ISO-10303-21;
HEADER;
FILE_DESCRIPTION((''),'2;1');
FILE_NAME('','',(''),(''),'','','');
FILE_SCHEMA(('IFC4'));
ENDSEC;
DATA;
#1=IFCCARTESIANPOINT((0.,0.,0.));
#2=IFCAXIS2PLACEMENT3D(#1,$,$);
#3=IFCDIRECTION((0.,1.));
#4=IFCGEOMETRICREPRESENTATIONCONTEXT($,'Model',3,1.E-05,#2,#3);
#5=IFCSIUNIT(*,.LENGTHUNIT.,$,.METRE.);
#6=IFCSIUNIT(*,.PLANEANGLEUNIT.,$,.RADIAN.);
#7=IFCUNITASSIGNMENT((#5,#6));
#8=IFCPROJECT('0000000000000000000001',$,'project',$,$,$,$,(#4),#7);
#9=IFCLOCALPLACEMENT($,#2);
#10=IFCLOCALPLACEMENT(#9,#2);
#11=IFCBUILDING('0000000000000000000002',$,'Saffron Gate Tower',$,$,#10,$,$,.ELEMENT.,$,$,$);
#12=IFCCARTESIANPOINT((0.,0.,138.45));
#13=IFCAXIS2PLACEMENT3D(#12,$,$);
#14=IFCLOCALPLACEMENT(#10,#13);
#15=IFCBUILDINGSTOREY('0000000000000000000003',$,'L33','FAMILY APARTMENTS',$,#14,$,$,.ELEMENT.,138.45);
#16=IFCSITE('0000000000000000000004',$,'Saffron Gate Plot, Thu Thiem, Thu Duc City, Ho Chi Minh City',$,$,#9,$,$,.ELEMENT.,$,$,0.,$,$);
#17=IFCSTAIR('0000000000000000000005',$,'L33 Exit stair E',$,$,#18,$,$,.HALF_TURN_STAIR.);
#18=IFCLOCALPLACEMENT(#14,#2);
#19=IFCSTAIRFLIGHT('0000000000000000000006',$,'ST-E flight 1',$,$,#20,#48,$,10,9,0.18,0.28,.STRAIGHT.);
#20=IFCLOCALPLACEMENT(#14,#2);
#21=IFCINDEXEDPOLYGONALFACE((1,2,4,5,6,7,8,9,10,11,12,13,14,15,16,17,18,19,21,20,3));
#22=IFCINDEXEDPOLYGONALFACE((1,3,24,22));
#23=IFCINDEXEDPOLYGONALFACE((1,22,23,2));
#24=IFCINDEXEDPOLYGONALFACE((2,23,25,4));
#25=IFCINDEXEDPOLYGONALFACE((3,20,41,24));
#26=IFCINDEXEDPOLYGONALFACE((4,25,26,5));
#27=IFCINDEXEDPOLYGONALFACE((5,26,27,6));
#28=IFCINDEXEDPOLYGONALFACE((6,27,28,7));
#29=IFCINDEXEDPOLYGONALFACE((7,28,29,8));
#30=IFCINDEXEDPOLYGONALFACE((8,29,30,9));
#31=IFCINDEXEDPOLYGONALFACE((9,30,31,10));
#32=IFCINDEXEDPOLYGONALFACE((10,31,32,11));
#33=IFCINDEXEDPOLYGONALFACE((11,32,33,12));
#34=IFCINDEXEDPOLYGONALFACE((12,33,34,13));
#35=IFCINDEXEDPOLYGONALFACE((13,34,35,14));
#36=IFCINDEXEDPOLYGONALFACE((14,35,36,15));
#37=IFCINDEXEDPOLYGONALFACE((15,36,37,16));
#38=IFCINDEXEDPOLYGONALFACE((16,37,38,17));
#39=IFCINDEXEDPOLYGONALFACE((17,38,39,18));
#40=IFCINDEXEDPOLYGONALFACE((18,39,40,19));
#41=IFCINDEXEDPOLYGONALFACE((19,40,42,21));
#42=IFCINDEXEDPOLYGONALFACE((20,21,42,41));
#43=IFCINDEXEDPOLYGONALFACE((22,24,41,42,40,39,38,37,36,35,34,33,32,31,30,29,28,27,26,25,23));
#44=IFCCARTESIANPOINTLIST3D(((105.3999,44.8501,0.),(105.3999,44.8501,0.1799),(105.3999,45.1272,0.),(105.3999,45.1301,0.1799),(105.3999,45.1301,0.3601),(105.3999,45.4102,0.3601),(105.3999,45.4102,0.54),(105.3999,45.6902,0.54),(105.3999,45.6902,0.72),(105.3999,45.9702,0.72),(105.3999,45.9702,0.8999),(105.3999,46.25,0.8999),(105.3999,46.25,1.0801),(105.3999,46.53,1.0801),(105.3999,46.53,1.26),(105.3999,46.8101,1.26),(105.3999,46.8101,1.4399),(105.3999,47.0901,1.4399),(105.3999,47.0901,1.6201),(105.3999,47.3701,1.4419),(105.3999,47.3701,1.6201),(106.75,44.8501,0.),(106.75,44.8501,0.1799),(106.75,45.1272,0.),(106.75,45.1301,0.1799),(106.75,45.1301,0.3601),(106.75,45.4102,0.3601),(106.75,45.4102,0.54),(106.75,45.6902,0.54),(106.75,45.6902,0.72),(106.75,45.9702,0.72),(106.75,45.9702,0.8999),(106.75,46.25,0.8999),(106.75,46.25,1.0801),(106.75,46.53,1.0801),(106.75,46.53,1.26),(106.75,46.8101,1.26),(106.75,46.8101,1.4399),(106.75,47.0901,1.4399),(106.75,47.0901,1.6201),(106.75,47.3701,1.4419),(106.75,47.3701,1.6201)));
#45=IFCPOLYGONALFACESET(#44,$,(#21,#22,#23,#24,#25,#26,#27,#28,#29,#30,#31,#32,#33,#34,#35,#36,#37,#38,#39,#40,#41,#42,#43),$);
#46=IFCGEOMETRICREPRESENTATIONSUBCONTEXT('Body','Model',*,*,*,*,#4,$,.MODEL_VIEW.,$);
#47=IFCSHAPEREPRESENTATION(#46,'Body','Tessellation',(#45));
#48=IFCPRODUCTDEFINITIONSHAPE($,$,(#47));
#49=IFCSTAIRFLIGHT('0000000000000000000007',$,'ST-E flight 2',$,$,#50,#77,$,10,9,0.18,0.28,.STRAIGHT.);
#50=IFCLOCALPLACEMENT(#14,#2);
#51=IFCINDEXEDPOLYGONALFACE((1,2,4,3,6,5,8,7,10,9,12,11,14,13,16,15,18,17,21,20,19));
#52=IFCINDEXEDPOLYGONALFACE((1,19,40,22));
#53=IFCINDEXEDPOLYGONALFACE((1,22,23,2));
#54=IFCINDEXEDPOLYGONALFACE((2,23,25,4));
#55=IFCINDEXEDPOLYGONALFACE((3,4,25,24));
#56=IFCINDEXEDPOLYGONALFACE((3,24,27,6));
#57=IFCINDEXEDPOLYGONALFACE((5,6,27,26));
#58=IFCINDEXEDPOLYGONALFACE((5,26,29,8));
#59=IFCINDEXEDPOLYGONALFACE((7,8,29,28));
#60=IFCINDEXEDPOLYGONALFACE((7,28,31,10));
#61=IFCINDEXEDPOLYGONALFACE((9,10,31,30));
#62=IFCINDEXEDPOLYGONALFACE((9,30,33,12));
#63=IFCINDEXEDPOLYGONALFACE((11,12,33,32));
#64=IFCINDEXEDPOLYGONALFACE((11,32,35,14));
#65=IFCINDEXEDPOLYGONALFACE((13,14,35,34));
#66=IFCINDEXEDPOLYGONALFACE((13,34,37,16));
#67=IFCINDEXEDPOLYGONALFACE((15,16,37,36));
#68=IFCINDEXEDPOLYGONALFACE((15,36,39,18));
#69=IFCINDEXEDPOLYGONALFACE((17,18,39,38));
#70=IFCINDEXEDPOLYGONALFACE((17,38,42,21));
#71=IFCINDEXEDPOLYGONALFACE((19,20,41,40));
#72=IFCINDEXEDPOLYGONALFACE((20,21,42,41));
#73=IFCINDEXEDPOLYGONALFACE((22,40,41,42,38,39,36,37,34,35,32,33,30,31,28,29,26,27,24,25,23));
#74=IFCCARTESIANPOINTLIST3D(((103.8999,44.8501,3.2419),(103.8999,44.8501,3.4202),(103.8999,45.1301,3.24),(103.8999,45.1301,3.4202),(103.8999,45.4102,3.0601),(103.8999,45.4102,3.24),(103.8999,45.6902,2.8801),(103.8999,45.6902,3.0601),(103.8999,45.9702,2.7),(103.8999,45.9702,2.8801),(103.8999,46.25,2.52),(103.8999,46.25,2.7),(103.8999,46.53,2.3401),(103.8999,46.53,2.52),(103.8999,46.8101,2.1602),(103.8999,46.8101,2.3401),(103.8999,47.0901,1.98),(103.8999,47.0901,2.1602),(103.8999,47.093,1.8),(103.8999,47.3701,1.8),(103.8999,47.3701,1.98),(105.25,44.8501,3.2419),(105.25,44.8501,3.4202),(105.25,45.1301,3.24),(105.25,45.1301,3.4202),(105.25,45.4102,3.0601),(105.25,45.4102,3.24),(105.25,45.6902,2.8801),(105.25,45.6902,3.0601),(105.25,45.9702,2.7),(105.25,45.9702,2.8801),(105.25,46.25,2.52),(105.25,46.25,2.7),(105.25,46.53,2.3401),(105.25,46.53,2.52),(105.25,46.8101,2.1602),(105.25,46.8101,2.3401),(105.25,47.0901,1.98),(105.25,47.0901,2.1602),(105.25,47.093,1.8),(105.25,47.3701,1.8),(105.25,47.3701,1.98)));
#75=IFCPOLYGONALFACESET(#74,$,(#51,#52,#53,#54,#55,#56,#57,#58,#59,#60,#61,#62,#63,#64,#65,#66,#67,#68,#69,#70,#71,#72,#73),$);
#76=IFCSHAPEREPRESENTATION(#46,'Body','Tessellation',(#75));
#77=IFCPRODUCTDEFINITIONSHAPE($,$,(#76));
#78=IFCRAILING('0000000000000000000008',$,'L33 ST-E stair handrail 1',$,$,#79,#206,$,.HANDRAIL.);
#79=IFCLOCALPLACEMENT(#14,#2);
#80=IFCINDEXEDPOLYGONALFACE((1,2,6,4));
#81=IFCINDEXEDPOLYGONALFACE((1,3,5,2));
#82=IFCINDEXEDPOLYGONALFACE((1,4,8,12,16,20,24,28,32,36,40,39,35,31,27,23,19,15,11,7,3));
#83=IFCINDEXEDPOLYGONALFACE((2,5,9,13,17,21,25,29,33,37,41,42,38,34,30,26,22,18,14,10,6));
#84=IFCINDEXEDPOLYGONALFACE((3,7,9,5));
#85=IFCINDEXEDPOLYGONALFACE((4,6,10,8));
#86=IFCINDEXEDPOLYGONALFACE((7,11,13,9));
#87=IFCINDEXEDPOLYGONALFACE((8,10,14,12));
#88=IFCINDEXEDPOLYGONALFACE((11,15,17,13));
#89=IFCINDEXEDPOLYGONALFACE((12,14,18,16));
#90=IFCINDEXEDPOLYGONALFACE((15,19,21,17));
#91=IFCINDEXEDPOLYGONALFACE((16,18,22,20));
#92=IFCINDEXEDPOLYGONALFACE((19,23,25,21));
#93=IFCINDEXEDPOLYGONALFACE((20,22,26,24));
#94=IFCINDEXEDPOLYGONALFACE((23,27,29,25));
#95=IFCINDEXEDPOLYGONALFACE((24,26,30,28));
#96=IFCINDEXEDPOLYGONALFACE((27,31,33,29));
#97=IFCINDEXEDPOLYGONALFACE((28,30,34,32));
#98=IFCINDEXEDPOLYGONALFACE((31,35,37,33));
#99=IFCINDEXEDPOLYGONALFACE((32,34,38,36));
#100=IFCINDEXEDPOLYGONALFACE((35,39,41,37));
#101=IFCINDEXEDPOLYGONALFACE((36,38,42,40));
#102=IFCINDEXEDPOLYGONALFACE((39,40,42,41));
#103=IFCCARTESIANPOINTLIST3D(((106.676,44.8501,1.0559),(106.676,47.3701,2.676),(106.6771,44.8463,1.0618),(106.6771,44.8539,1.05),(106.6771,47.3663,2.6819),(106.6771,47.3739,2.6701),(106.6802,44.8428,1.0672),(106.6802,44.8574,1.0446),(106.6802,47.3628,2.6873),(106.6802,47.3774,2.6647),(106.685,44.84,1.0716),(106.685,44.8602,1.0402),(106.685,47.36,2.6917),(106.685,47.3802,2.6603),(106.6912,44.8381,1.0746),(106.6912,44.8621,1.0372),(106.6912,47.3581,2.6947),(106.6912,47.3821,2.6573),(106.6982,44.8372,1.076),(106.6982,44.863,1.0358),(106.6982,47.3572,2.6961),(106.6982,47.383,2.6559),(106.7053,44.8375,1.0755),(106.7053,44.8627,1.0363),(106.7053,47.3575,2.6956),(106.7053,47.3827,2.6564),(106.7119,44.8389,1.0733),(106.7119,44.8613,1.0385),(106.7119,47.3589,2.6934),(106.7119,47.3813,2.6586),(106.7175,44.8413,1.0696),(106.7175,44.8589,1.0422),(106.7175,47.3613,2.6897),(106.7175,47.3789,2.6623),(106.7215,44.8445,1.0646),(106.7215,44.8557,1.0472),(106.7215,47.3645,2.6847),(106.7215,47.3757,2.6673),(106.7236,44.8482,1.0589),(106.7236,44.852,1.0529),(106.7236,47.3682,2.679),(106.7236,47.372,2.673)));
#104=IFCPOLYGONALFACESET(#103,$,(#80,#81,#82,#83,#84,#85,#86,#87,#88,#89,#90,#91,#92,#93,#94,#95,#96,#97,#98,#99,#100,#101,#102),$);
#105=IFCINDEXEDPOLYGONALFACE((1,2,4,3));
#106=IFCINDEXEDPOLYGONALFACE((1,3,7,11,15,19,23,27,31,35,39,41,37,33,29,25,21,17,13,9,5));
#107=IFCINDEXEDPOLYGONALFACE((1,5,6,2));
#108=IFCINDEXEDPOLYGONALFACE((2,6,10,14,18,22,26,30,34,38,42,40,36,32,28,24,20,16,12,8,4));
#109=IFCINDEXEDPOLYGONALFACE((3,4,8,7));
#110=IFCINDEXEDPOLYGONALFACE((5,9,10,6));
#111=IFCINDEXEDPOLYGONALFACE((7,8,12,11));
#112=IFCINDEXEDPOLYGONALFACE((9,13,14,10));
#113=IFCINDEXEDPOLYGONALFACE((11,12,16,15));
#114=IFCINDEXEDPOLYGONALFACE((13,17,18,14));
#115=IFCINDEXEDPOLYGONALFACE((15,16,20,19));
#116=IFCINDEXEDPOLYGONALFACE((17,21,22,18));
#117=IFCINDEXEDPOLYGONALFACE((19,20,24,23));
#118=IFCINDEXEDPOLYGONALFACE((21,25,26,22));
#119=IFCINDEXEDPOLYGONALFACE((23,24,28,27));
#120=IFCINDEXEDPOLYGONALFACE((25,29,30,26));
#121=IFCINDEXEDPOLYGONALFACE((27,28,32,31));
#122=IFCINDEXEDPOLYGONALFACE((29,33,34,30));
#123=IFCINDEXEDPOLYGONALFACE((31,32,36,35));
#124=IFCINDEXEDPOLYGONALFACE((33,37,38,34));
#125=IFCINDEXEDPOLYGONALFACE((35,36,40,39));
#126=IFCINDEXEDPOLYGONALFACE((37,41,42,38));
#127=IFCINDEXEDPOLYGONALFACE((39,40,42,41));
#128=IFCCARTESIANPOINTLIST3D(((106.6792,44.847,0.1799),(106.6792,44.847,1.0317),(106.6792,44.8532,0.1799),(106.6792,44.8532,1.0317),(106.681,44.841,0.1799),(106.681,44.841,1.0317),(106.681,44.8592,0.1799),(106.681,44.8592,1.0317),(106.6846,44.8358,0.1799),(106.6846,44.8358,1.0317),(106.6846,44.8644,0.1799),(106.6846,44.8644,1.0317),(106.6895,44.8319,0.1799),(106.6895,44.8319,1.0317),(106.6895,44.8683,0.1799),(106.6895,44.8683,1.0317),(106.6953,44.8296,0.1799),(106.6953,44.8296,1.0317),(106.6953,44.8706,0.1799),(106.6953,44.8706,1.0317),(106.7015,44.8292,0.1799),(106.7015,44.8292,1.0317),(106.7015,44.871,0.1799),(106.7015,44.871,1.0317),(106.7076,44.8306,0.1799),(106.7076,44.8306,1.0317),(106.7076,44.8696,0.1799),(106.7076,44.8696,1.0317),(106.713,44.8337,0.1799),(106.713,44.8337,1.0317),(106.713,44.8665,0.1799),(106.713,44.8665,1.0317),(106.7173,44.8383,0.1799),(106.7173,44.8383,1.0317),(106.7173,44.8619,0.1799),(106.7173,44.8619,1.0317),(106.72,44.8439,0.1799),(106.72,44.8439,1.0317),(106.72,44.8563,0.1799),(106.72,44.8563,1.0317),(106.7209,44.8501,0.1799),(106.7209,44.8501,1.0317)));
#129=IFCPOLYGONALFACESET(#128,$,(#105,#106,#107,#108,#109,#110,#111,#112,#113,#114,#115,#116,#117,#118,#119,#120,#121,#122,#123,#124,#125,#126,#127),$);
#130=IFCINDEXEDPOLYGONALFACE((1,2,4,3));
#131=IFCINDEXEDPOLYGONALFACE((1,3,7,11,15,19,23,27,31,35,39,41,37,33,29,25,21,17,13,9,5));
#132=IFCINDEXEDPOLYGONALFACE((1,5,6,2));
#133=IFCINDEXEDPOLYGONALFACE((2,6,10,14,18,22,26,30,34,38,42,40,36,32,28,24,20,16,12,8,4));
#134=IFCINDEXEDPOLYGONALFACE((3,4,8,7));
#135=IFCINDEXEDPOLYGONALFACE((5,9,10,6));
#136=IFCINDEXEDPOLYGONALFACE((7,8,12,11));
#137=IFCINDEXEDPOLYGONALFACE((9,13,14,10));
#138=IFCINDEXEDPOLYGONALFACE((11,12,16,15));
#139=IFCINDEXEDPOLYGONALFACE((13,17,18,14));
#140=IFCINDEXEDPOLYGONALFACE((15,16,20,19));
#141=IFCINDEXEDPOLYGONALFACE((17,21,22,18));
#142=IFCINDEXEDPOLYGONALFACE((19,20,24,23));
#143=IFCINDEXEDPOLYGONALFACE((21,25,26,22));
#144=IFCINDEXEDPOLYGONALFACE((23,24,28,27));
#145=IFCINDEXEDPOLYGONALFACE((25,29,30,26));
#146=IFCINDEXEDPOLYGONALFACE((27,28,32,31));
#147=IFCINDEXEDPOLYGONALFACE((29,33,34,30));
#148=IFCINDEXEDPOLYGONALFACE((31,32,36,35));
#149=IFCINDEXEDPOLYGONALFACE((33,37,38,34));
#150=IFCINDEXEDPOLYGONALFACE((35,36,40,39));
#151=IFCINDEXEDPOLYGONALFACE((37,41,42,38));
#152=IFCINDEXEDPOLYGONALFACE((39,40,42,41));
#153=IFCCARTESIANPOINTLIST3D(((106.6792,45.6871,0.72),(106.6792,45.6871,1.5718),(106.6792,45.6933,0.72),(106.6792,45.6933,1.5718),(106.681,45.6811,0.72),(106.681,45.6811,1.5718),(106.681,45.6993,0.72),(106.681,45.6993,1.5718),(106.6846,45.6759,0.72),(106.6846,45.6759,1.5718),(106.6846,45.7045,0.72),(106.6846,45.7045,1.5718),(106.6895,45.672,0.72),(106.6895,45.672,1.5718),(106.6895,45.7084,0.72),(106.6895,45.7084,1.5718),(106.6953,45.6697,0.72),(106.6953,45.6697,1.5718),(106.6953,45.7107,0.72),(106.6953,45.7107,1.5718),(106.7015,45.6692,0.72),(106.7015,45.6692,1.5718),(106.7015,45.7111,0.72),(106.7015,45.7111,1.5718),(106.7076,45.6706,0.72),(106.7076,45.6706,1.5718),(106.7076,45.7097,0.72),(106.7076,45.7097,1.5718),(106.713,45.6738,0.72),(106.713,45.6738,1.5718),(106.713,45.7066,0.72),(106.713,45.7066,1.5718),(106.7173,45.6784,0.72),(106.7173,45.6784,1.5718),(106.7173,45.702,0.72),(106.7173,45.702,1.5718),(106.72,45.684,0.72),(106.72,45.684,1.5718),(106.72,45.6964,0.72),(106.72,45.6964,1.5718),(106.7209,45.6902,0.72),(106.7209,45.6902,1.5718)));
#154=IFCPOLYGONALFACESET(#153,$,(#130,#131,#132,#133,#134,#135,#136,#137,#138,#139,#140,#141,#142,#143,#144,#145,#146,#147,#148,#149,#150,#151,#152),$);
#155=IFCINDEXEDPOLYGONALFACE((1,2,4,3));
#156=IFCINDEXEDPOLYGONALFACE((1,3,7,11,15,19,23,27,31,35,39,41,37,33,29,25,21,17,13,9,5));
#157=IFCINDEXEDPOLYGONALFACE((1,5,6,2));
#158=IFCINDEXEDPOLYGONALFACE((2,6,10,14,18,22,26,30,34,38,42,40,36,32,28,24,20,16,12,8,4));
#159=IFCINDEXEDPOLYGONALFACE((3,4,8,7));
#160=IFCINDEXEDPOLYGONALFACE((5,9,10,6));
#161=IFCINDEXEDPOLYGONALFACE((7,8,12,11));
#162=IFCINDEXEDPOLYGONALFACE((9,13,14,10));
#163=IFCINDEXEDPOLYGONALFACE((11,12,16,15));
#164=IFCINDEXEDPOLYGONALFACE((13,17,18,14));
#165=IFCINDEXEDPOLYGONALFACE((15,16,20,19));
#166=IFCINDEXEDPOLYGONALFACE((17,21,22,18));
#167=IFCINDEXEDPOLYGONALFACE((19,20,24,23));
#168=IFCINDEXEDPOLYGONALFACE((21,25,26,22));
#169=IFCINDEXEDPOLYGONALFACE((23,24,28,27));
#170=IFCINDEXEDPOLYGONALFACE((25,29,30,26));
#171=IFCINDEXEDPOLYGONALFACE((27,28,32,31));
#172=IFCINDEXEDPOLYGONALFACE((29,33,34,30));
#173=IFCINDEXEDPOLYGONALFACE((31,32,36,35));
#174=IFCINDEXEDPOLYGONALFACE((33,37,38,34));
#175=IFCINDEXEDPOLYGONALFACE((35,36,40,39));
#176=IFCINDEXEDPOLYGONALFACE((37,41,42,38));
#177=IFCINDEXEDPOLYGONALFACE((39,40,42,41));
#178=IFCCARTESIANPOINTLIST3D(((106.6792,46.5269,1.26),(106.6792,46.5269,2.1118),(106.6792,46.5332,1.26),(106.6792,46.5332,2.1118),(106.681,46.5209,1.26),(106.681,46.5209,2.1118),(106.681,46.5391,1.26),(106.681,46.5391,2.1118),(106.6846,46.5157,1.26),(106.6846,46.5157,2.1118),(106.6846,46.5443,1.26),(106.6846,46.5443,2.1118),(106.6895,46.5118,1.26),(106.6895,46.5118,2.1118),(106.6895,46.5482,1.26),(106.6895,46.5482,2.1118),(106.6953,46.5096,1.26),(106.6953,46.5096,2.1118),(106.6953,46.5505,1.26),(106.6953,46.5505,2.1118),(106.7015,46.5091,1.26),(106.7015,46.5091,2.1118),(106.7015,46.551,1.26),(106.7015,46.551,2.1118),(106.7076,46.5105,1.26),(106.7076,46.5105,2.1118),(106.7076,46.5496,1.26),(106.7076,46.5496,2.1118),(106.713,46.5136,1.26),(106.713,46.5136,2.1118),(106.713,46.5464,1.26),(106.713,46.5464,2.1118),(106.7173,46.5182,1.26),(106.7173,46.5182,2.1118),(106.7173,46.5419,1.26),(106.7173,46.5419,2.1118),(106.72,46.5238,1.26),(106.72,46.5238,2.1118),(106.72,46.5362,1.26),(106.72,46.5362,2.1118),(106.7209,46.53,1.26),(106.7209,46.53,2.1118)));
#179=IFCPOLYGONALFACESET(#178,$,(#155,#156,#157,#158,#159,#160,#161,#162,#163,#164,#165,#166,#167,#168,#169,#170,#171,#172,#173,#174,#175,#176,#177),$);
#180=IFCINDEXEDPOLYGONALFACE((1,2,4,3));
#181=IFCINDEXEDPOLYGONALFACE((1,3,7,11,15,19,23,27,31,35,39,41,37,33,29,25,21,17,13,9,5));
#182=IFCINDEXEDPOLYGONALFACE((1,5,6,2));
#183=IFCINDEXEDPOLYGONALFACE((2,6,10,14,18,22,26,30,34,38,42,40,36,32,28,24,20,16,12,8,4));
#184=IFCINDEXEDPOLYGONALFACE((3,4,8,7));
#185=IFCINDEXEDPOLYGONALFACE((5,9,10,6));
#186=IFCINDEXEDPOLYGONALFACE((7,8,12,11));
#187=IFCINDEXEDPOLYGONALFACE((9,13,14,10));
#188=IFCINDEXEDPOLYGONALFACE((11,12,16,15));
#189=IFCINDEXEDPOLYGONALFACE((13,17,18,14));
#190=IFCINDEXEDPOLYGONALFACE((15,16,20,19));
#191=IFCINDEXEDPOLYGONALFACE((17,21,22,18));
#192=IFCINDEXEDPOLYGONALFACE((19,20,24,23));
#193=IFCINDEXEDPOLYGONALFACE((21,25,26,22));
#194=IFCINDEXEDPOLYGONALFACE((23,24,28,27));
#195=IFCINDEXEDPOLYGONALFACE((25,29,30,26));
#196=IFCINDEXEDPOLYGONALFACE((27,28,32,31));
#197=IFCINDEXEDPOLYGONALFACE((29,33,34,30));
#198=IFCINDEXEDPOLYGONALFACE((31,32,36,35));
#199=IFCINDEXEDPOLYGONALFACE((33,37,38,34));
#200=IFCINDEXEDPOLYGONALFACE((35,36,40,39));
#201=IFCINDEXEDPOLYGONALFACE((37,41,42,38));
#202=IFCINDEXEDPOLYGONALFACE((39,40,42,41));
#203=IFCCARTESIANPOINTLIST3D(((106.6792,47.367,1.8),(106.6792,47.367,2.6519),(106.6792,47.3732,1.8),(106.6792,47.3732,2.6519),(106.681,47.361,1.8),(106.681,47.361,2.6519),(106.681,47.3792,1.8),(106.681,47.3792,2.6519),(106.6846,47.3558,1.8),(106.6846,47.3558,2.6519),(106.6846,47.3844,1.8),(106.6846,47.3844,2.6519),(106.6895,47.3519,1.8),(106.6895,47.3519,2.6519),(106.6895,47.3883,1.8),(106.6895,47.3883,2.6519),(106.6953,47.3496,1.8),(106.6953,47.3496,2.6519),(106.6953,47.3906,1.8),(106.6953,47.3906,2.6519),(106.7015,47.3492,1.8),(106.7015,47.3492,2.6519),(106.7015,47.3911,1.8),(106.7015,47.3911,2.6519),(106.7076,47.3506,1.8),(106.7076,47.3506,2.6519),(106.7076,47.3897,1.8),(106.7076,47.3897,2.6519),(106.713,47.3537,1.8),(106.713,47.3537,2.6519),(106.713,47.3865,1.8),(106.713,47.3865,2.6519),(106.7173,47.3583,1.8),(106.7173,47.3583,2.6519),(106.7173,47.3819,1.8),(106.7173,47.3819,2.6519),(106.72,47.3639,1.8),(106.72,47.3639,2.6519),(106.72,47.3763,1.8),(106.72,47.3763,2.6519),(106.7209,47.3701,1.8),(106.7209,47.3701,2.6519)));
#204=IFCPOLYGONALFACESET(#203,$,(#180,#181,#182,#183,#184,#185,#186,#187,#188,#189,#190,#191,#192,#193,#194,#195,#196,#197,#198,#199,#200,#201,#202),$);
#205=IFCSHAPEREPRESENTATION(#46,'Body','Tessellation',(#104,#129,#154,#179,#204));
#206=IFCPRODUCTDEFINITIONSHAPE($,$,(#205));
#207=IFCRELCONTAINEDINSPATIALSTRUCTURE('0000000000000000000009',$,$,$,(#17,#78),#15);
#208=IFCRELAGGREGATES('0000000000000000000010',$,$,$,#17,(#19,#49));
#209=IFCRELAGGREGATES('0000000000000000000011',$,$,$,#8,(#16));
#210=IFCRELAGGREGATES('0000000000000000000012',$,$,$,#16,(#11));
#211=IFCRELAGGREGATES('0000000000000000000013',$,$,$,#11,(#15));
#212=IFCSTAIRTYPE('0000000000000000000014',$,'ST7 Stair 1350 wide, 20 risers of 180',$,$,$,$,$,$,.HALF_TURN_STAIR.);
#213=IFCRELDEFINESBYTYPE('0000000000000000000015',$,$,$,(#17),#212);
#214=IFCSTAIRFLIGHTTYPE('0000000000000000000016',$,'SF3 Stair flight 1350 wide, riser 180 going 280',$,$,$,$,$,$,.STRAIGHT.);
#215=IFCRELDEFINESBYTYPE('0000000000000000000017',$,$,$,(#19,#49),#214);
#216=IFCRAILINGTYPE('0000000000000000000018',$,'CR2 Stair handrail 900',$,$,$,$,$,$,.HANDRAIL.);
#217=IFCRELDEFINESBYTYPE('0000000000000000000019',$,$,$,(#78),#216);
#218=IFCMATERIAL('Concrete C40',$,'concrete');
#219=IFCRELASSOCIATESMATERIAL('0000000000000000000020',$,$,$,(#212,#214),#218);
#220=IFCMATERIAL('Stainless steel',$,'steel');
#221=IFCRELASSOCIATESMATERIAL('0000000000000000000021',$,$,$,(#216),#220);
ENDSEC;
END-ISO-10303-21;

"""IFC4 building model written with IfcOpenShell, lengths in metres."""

from ifc_helpers import new_model, si_unit, direction, frame, origin, origin_2d, place, context, subcontext, project, spatial, polyline, circle, outline, extrude, material, type_object, element, aggregate, save


model = new_model("IFC4")

# Units and contexts
model_context = context("Model", 3, precision=1e-05, world=origin(), true_north=direction((0.0, 1.0)))
body_context = subcontext(model_context, "Body", "Model", "MODEL_VIEW")
ifc_project = project(units=[si_unit("LENGTHUNIT", "METRE"), si_unit("PLANEANGLEUNIT", "RADIAN")], contexts=[model_context])

# Site, building, storey
site_placement = place(None, origin())
site = spatial("IfcSite", under=ifc_project, at=site_placement, Name="Saffron Gate Plot, Thu Thiem, Thu Duc City, Ho Chi Minh City", CompositionType="ELEMENT", RefElevation=0.0)
building_placement = place(site_placement, origin())
building = spatial("IfcBuilding", under=site, at=building_placement, Name="Saffron Gate Tower", CompositionType="ELEMENT")
storey_placement = place(building_placement, frame((0.0, 0.0, 138.45)))
storey = spatial("IfcBuildingStorey", under=building, at=storey_placement, Name="L33", Description="FAMILY APARTMENTS", CompositionType="ELEMENT", Elevation=138.45)

# Stair, stair flights
ifc_material_1 = material(Name="Concrete C40", Category="concrete")
stair_type = type_object("IfcStairType", Name="ST7 Stair 1350 wide, 20 risers of 180", PredefinedType="HALF_TURN_STAIR", material=ifc_material_1)
stair_placement = place(storey_placement, origin())
stair = element("IfcStair", 1, at=stair_placement, inside=storey, type_object=stair_type, Name="L33 Exit stair E", PredefinedType="HALF_TURN_STAIR")
stair_flight_type = type_object("IfcStairFlightType", Name="SF3 Stair flight 1350 wide, riser 180 going 280", PredefinedType="STRAIGHT", material=ifc_material_1)
stair_flight_1_placement = place(storey_placement, frame((106.075, 44.8501, 0.0), z_axis=(0.0, 0.0, 1.0), x_axis=(0.0, 1.0, 0.0)))
stair_flight_1 = element("IfcStairFlight", 2, at=stair_flight_1_placement, type_object=stair_flight_type, Name="ST-E flight 1", NumberOfRisers=10, NumberOfTreads=9, PredefinedType="STRAIGHT", RiserHeight=0.18, TreadLength=0.28, context=body_context, shape_type="SweptSolid", body=[
    extrude(outline(polyline([(0.0, 0.0), (0.0, 0.1799), (0.28, 0.1799), (0.28, 0.3601), (0.5601, 0.3601), (0.5601, 0.54), (0.8401, 0.54), (0.8401, 0.72), (1.1201, 0.72), (1.1201, 0.8999), (1.3999, 0.8999), (1.3999, 1.0801), (1.6799, 1.0801), (1.6799, 1.26), (1.96, 1.26), (1.96, 1.4399), (2.24, 1.4399), (2.24, 1.6201), (2.52, 1.6201), (2.52, 1.8), (2.52, 1.4419), (0.2771, 0.0), (0.0, 0.0)])), frame((0.0, 0.675, 0.0), z_axis=(0.0, -1.0, 0.0), x_axis=(1.0, 0.0, 0.0)), (0.0, 0.0, 1.0), 1.3501),
])
stair_flight_2_placement = place(storey_placement, frame((104.575, 47.3701, 1.8), z_axis=(0.0, 0.0, 1.0), x_axis=(0.0, -1.0, 0.0)))
stair_flight_2 = element("IfcStairFlight", 3, at=stair_flight_2_placement, type_object=stair_flight_type, Name="ST-E flight 2", NumberOfRisers=10, NumberOfTreads=9, PredefinedType="STRAIGHT", RiserHeight=0.18, TreadLength=0.28, context=body_context, shape_type="SweptSolid", body=[
    extrude(outline(polyline([(0.0, 0.0), (0.0, 0.1799), (0.28, 0.1799), (0.28, 0.3601), (0.5601, 0.3601), (0.5601, 0.54), (0.8401, 0.54), (0.8401, 0.72), (1.1201, 0.72), (1.1201, 0.8999), (1.3999, 0.8999), (1.3999, 1.0801), (1.6799, 1.0801), (1.6799, 1.26), (1.96, 1.26), (1.96, 1.4399), (2.24, 1.4399), (2.24, 1.6201), (2.52, 1.6201), (2.52, 1.8), (2.52, 1.4419), (0.2771, 0.0), (0.0, 0.0)])), frame((0.0, 0.675, 0.0), z_axis=(0.0, -1.0, 0.0), x_axis=(1.0, 0.0, 0.0)), (0.0, 0.0, 1.0), 1.3501),
])
aggregate(stair, [stair_flight_1, stair_flight_2])

# Railing
ifc_material_2 = material(Name="Stainless steel", Category="steel")
railing_type_1 = type_object("IfcRailingType", Name="CR2 Stair handrail 900", PredefinedType="HANDRAIL", material=ifc_material_2)
railing_1_placement = place(storey_placement, frame((106.7, 44.8501, 0.1799)))
element("IfcRailing", 4, at=railing_1_placement, inside=storey, type_object=railing_type_1, Name="L33 ST-E stair handrail 1", PredefinedType="HANDRAIL", context=body_context, shape_type="SweptSolid", body=[
    extrude(circle(Radius=0.0239, at=origin_2d()), frame((0.0, 0.0, 0.876), z_axis=(0.0, 0.841163, 0.540782), x_axis=(-1.0, 0.0, 0.0)), (0.0, 0.0, 1.0), 2.9958),
    extrude(circle(Radius=0.021, at=origin_2d()), origin(), (0.0, 0.0, 1.0), 0.8518),
    extrude(circle(Radius=0.021, at=origin_2d()), frame((0.0, 0.8401, 0.54)), (0.0, 0.0, 1.0), 0.8518),
    extrude(circle(Radius=0.021, at=origin_2d()), frame((0.0, 1.6799, 1.0801)), (0.0, 0.0, 1.0), 0.8518),
    extrude(circle(Radius=0.021, at=origin_2d()), frame((0.0, 2.52, 1.6201)), (0.0, 0.0, 1.0), 0.8518),
])

save(model, "model.ifc")
